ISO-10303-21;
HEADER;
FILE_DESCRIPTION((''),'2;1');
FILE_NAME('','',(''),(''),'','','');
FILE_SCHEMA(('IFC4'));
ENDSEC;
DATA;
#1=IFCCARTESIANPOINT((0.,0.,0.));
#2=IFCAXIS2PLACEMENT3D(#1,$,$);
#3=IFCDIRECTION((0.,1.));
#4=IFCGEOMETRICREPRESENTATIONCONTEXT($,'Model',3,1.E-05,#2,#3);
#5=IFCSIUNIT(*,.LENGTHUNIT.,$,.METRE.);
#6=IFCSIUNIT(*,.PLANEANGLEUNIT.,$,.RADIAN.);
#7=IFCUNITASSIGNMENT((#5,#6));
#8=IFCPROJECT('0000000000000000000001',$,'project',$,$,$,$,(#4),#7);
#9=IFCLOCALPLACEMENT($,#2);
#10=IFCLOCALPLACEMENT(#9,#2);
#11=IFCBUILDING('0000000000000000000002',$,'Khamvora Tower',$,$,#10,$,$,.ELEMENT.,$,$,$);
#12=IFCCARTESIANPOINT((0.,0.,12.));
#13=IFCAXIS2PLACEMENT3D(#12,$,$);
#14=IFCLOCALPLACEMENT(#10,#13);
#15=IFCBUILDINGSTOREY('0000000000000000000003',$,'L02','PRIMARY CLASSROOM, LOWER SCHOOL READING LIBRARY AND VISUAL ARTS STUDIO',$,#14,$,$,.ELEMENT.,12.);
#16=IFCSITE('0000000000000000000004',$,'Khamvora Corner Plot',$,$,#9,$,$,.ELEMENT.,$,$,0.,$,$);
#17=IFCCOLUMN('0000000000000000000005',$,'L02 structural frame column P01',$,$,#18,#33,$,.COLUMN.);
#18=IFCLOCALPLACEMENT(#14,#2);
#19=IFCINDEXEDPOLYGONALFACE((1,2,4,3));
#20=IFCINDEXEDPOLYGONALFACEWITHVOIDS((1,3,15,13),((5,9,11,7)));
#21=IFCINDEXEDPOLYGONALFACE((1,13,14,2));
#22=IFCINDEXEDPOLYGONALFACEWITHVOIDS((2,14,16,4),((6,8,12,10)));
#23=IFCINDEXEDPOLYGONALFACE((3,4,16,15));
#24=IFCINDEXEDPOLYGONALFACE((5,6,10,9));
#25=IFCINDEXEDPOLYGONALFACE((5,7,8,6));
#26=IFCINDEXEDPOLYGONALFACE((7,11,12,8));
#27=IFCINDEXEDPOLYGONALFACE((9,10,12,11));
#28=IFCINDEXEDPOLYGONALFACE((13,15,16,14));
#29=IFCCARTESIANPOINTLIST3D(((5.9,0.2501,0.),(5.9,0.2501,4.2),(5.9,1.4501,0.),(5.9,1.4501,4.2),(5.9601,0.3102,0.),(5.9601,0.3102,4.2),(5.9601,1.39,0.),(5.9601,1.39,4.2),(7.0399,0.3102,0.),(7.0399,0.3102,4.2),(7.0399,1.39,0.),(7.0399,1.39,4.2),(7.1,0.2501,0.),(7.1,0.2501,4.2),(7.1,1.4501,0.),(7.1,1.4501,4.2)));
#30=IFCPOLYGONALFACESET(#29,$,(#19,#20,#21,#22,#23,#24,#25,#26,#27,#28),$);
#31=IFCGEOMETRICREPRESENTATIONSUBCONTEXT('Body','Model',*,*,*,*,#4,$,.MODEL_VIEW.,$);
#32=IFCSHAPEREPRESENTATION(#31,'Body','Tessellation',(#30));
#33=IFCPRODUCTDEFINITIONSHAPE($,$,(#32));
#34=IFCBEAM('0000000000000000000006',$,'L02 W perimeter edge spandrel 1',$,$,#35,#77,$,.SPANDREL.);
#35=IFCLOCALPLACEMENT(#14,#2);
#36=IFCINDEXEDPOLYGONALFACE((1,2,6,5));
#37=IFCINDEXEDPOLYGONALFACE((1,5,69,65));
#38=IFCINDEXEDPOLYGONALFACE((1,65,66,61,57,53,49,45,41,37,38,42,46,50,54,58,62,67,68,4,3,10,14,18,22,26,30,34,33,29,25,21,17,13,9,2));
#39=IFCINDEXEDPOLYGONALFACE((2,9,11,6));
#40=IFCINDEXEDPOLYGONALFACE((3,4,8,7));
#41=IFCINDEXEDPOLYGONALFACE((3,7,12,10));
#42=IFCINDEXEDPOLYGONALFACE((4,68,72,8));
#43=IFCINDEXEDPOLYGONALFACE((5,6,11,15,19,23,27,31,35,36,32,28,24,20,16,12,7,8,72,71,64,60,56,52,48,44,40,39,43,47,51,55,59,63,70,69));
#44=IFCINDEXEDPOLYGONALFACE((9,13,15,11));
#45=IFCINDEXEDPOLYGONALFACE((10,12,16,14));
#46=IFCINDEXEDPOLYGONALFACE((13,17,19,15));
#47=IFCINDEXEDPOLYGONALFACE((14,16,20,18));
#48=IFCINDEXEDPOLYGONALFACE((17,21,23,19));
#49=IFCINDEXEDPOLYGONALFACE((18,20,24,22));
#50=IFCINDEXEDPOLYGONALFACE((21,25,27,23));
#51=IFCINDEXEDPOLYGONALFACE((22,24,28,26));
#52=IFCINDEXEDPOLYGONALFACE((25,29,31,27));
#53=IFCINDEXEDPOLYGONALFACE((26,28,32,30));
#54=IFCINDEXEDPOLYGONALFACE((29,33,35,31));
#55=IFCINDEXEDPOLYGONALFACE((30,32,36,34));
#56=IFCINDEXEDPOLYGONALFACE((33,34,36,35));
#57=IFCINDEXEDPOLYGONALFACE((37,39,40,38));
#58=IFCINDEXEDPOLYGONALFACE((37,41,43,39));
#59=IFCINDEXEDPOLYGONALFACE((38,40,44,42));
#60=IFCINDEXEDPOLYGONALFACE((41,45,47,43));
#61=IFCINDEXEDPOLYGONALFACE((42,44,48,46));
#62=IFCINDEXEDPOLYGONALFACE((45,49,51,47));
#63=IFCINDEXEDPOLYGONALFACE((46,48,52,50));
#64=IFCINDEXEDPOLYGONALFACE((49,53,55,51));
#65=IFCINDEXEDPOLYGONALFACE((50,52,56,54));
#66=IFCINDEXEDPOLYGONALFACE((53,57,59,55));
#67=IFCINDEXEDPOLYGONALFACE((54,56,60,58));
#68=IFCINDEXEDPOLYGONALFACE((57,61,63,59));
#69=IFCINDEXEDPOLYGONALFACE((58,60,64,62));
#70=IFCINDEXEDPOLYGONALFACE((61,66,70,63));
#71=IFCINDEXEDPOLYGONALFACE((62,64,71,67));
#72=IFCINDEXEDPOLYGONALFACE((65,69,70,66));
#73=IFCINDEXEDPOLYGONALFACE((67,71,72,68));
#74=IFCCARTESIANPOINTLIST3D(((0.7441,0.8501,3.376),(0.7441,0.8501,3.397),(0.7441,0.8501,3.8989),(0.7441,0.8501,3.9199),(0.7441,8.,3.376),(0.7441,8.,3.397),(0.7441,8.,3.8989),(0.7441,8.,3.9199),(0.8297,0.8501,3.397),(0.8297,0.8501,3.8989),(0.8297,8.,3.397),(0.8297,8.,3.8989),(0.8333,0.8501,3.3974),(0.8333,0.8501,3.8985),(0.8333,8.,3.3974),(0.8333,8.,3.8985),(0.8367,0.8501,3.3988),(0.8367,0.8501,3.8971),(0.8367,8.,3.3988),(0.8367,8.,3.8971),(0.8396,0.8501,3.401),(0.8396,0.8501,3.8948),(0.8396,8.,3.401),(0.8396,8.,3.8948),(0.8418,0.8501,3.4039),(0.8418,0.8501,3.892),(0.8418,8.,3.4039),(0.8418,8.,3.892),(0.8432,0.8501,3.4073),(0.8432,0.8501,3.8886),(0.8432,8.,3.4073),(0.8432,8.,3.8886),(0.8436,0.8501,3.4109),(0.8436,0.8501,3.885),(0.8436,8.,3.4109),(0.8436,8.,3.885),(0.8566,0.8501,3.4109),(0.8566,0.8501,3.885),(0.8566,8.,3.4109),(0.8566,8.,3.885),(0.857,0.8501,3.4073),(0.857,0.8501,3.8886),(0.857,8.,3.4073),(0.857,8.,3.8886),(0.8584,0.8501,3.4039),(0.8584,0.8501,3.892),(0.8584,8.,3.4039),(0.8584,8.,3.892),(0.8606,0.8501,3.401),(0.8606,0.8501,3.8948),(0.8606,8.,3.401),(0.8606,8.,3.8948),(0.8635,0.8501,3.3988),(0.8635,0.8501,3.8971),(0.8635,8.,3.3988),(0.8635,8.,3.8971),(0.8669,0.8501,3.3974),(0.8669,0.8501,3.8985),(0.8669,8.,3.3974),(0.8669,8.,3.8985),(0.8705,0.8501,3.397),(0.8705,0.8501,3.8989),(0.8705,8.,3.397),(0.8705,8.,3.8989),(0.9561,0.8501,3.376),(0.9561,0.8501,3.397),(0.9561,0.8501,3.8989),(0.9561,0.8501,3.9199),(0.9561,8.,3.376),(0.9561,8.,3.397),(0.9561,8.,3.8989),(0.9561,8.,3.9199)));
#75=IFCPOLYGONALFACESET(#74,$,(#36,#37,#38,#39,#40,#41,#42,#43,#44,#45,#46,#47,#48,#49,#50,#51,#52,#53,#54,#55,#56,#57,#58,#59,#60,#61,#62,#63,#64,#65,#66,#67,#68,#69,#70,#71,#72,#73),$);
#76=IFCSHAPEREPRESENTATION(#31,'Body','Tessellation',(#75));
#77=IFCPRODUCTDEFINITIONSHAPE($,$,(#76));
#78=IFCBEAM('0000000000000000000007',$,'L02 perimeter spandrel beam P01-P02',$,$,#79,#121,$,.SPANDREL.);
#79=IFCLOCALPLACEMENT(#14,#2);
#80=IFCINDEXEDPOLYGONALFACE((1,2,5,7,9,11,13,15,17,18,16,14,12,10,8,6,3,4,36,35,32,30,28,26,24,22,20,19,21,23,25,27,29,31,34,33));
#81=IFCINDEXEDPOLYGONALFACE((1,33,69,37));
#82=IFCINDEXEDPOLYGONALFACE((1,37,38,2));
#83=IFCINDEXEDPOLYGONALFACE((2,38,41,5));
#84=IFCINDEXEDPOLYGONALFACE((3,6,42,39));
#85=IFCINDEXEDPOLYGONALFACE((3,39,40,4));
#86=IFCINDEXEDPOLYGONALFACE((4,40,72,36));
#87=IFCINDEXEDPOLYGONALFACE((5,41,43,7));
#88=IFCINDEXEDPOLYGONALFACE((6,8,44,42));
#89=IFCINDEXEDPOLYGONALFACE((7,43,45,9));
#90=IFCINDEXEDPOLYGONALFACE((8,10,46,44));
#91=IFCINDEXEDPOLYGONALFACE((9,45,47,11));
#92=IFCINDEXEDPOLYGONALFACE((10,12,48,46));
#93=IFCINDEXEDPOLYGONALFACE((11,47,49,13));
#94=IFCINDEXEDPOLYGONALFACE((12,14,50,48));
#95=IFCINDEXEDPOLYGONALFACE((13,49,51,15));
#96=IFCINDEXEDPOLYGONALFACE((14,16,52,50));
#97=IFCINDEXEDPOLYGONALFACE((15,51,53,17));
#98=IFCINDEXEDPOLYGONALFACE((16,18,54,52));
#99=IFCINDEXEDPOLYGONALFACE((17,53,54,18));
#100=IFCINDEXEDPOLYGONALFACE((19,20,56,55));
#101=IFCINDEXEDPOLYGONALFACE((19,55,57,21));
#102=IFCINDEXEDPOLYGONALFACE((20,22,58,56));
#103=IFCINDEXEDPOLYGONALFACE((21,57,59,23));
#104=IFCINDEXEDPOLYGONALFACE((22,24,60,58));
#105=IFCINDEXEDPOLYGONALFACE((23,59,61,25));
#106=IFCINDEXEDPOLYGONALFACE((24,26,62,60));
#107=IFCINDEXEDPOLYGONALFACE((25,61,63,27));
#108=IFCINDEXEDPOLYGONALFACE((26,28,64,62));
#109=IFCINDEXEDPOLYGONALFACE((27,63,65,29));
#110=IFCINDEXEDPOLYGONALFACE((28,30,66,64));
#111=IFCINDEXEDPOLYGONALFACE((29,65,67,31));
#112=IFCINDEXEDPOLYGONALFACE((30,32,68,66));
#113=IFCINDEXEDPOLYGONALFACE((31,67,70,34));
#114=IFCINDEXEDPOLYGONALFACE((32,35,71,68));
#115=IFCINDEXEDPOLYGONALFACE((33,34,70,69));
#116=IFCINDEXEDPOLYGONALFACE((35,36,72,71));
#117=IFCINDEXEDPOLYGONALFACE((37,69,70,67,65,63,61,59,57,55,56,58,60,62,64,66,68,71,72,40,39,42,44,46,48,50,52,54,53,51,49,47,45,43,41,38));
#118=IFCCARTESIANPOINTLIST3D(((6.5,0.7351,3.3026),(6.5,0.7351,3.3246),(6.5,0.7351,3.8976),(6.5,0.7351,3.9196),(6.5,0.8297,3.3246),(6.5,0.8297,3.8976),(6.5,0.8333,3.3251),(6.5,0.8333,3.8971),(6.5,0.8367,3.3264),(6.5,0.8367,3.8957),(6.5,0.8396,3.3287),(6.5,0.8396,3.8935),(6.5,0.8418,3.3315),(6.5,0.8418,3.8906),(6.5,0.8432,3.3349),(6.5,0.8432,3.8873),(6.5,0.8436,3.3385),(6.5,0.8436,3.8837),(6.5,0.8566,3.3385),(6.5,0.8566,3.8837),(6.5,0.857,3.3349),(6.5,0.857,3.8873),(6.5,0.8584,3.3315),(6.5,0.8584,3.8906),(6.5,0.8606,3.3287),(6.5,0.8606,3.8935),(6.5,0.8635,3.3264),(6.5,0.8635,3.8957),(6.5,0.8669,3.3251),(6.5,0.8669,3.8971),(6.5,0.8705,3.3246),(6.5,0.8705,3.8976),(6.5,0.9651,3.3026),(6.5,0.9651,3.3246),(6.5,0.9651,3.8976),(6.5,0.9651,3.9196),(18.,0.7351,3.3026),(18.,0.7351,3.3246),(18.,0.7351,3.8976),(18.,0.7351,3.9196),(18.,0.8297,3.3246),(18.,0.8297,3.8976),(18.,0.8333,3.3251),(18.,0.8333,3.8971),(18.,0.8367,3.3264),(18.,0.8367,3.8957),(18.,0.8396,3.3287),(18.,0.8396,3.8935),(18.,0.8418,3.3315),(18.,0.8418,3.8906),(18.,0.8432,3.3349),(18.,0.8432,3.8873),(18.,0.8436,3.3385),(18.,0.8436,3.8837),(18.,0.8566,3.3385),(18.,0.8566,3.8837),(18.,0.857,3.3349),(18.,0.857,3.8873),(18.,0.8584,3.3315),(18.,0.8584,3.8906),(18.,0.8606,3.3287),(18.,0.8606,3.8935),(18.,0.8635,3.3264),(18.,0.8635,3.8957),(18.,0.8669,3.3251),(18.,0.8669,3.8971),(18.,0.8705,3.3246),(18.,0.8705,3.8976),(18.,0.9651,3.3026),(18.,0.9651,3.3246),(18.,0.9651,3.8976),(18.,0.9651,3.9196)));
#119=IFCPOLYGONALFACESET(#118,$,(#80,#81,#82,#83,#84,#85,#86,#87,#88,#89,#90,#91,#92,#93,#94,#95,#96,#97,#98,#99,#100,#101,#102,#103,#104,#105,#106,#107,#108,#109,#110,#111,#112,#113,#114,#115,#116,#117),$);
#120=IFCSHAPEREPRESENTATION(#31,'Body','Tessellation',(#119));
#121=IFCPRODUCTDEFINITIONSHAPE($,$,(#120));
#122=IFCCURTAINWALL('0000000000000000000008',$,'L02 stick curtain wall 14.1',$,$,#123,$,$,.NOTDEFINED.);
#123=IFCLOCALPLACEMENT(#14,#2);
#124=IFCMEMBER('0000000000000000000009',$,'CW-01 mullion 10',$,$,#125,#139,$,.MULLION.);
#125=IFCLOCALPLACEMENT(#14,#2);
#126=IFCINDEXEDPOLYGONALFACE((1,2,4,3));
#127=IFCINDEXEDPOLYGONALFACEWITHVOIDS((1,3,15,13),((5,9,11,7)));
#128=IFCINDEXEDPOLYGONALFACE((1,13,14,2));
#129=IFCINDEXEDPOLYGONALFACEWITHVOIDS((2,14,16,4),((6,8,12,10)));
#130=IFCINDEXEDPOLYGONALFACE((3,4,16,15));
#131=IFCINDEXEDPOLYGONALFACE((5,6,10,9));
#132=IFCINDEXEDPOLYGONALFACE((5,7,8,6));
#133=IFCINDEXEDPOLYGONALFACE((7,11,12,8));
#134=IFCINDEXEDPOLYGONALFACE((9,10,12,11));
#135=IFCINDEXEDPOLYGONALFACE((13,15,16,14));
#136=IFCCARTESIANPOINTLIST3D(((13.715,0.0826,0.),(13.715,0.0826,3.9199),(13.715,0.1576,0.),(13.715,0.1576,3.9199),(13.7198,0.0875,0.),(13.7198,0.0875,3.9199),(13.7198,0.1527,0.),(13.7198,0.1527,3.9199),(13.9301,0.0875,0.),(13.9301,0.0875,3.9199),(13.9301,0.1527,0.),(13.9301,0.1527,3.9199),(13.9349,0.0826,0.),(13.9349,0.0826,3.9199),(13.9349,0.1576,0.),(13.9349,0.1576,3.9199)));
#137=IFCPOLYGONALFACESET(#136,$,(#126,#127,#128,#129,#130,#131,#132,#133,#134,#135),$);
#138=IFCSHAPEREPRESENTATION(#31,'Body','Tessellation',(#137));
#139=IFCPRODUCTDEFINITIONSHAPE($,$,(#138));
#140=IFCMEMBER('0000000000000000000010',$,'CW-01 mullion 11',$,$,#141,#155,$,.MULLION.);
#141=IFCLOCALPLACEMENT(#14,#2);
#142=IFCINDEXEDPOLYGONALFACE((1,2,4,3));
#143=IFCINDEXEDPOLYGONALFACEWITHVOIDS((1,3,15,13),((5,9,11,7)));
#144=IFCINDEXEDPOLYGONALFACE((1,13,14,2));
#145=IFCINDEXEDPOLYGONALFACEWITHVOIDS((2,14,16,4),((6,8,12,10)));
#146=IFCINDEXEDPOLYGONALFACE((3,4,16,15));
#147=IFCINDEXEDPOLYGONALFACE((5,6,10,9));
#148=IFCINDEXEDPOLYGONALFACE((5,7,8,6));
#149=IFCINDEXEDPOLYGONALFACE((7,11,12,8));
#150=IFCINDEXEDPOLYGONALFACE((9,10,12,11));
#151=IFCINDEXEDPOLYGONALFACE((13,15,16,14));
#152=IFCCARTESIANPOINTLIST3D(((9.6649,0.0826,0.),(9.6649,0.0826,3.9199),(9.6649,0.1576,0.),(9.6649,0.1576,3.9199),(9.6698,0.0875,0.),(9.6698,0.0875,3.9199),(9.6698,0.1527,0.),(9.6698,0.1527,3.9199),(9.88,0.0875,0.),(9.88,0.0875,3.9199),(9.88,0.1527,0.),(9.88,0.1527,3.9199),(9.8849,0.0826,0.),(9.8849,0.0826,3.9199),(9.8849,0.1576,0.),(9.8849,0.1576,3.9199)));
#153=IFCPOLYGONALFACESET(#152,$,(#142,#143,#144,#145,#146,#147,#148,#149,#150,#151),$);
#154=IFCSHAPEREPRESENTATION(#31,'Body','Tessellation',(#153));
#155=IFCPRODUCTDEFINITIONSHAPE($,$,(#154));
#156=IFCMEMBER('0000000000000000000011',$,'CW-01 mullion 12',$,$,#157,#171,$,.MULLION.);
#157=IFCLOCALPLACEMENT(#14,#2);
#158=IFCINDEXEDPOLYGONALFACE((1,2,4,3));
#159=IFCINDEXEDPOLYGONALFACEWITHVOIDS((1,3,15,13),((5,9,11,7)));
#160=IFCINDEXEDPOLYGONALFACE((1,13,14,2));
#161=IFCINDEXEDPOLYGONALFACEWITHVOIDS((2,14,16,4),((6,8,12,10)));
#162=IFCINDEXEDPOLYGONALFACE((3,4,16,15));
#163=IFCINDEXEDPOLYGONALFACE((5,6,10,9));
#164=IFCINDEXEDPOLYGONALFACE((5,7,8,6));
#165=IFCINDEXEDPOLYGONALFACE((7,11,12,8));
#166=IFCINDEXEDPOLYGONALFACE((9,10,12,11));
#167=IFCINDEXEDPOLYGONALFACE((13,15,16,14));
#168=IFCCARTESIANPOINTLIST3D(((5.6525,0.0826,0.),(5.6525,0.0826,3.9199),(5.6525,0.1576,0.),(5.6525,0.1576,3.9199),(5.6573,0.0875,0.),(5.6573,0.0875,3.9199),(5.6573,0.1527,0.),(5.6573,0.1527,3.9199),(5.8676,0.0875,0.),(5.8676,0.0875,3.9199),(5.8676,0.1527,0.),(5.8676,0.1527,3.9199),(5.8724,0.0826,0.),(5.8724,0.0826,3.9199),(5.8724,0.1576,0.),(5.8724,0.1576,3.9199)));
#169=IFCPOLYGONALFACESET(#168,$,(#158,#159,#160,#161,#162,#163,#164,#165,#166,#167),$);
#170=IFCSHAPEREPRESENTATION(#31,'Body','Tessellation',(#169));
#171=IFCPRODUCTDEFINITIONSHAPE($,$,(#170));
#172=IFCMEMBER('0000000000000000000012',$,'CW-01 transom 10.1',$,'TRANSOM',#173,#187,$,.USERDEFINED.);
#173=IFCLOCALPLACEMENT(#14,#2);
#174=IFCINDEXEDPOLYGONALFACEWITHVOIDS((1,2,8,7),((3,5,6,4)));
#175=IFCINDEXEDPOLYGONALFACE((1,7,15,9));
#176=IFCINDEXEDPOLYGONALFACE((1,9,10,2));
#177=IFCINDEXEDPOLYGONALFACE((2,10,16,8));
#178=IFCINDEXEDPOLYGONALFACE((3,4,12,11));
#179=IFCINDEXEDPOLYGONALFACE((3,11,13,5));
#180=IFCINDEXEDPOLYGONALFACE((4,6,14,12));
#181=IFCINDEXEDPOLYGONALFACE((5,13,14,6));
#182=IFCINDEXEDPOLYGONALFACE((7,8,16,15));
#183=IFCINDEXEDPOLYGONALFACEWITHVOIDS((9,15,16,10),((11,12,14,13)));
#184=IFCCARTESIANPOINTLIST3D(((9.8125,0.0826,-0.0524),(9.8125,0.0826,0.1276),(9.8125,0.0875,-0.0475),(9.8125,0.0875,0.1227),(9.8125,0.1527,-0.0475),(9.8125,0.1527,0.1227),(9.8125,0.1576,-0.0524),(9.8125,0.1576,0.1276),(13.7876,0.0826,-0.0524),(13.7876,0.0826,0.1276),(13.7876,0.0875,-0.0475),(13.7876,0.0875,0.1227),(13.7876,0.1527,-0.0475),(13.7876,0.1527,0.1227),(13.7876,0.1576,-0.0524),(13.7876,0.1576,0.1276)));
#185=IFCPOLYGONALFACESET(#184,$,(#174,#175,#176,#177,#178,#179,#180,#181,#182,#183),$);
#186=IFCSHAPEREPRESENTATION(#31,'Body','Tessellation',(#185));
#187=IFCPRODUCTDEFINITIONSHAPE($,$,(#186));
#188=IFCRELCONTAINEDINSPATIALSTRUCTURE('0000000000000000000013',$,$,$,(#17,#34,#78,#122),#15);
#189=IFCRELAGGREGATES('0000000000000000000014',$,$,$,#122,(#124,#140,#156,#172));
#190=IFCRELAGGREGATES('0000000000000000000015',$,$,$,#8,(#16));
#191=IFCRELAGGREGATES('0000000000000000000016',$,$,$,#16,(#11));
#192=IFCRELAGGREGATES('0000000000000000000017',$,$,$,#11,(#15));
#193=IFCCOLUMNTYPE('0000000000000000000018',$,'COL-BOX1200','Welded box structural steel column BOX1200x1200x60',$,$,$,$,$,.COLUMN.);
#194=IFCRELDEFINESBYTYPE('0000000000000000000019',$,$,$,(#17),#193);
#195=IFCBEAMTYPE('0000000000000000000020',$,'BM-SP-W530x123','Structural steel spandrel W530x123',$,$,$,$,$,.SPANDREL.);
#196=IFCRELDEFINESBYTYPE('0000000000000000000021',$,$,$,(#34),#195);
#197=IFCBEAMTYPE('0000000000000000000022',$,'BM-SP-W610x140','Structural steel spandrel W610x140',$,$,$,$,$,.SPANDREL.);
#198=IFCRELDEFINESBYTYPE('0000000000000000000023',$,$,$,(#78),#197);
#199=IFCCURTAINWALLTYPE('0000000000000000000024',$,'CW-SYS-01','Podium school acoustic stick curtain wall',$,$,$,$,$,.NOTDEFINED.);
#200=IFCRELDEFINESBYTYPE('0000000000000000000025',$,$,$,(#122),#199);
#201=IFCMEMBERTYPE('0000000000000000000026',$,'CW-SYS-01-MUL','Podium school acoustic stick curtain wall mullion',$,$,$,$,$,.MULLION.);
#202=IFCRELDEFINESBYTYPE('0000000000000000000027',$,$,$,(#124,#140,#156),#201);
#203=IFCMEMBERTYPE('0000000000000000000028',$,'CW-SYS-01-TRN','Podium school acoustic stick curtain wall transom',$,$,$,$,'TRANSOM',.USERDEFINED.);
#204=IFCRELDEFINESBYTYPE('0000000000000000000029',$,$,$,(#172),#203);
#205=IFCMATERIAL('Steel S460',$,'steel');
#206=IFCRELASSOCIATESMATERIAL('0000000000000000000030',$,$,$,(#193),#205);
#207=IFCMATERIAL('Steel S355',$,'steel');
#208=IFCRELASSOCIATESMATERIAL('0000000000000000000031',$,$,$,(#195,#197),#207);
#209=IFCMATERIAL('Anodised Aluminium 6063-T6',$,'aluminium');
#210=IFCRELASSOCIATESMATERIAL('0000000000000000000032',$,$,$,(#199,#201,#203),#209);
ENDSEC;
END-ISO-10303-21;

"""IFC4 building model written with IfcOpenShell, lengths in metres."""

from ifc_helpers import new_model, si_unit, direction, frame, origin, origin_2d, place, context, subcontext, project, spatial, hollow_rectangle, i_section, extrude, material, material_profile, profile_set, type_object, element, aggregate, save


model = new_model("IFC4")

# Units and contexts
model_context = context("Model", 3, precision=1e-05, world=origin(), true_north=direction((0.0, 1.0)))
body_context = subcontext(model_context, "Body", "Model", "MODEL_VIEW")
ifc_project = project(units=[si_unit("LENGTHUNIT", "METRE"), si_unit("PLANEANGLEUNIT", "RADIAN")], contexts=[model_context])

# Site, building, storey
site_placement = place(None, origin())
site = spatial("IfcSite", under=ifc_project, at=site_placement, Name="Khamvora Corner Plot", CompositionType="ELEMENT", RefElevation=0.0)
building_placement = place(site_placement, origin())
building = spatial("IfcBuilding", under=site, at=building_placement, Name="Khamvora Tower", CompositionType="ELEMENT")
storey_placement = place(building_placement, frame((0.0, 0.0, 12.0)))
storey = spatial("IfcBuildingStorey", under=building, at=storey_placement, Name="L02", Description="PRIMARY CLASSROOM, LOWER SCHOOL READING LIBRARY AND VISUAL ARTS STUDIO", CompositionType="ELEMENT", Elevation=12.0)

# Column
ifc_material_1 = material(Name="Steel S460", Category="steel")
ifc_material_profile_1 = material_profile(ifc_material_1, hollow_rectangle(XDim=1.2, YDim=1.2, WallThickness=0.0601, at=origin_2d()), Name="BOX1200x1200x60")
ifc_profile_set_1 = profile_set([ifc_material_profile_1], Name="Steel S460")
column_type = type_object("IfcColumnType", Name="COL-BOX1200", Description="Welded box structural steel column BOX1200x1200x60", PredefinedType="COLUMN", material=ifc_profile_set_1)
column_placement = place(storey_placement, frame((6.5, 0.8501, 0.0), z_axis=(0.0, 0.0, 1.0), x_axis=(1.0, 0.0, 0.0)))
element("IfcColumn", 1, at=column_placement, inside=storey, type_object=column_type, Name="L02 structural frame column P01", PredefinedType="COLUMN", context=body_context, shape_type="SweptSolid", body=[
    extrude(hollow_rectangle(XDim=1.2, YDim=1.2, WallThickness=0.0601, at=origin_2d()), origin(), (0.0, 0.0, 1.0), 4.2),
])

# Beams
ifc_material_2 = material(Name="Steel S355", Category="steel")
ifc_material_profile_2 = material_profile(ifc_material_2, i_section(OverallWidth=0.2119, OverallDepth=0.5439, WebThickness=0.0129, FlangeThickness=0.021, FilletRadius=0.0139, at=origin_2d()), Name="W530x123")
ifc_profile_set_2 = profile_set([ifc_material_profile_2], Name="Steel S355")
beam_type_1 = type_object("IfcBeamType", Name="BM-SP-W530x123", Description="Structural steel spandrel W530x123", PredefinedType="SPANDREL", material=ifc_profile_set_2)
beam_1_placement = place(storey_placement, frame((0.8501, 0.8501, 3.6479), z_axis=(0.0, 1.0, 0.0), x_axis=(-1.0, 0.0, 0.0)))
element("IfcBeam", 2, at=beam_1_placement, inside=storey, type_object=beam_type_1, Name="L02 W perimeter edge spandrel 1", PredefinedType="SPANDREL", context=body_context, shape_type="SweptSolid", body=[
    extrude(i_section(OverallWidth=0.2119, OverallDepth=0.5439, WebThickness=0.0129, FlangeThickness=0.021, FilletRadius=0.0139, at=origin_2d()), origin(), (0.0, 0.0, 1.0), 7.1499),
])
ifc_material_profile_3 = material_profile(ifc_material_2, i_section(OverallWidth=0.23, OverallDepth=0.6169, WebThickness=0.0129, FlangeThickness=0.022, FilletRadius=0.0139, at=origin_2d()), Name="W610x140")
ifc_profile_set_3 = profile_set([ifc_material_profile_3], Name="Steel S355")
beam_type_2 = type_object("IfcBeamType", Name="BM-SP-W610x140", Description="Structural steel spandrel W610x140", PredefinedType="SPANDREL", material=ifc_profile_set_3)
beam_2_placement = place(storey_placement, frame((6.5, 0.8501, 3.6111), z_axis=(1.0, 0.0, 0.0), x_axis=(0.0, 1.0, 0.0)))
element("IfcBeam", 3, at=beam_2_placement, inside=storey, type_object=beam_type_2, Name="L02 perimeter spandrel beam P01-P02", PredefinedType="SPANDREL", context=body_context, shape_type="SweptSolid", body=[
    extrude(i_section(OverallWidth=0.23, OverallDepth=0.6169, WebThickness=0.0129, FlangeThickness=0.022, FilletRadius=0.0139, at=origin_2d()), origin(), (0.0, 0.0, 1.0), 11.5),
])

# Curtain wall, members
ifc_material_3 = material(Name="Anodised Aluminium 6063-T6", Category="aluminium")
curtain_wall_type = type_object("IfcCurtainWallType", Name="CW-SYS-01", Description="Podium school acoustic stick curtain wall", PredefinedType="NOTDEFINED", material=ifc_material_3)
curtain_wall_placement = place(storey_placement, origin())
curtain_wall = element("IfcCurtainWall", 4, at=curtain_wall_placement, inside=storey, type_object=curtain_wall_type, Name="L02 stick curtain wall 14.1", PredefinedType="NOTDEFINED")
ifc_material_profile_4 = material_profile(ifc_material_3, hollow_rectangle(XDim=0.075, YDim=0.22, WallThickness=0.0049, at=origin_2d()), Name="MUL75x220x5")
ifc_profile_set_4 = profile_set([ifc_material_profile_4], Name="Anodised Aluminium 6063-T6")
member_type_1 = type_object("IfcMemberType", Name="CW-SYS-01-MUL", Description="Podium school acoustic stick curtain wall mullion", PredefinedType="MULLION", material=ifc_profile_set_4)
member_1_placement = place(storey_placement, frame((13.825, 0.1201, 0.0), z_axis=(0.0, 0.0, 1.0), x_axis=(0.0, -1.0, 0.0)))
member_1 = element("IfcMember", 5, at=member_1_placement, type_object=member_type_1, Name="CW-01 mullion 10", PredefinedType="MULLION", context=body_context, shape_type="SweptSolid", body=[
    extrude(hollow_rectangle(XDim=0.075, YDim=0.22, WallThickness=0.0049, at=origin_2d()), origin(), (0.0, 0.0, 1.0), 3.9199),
])
member_2_placement = place(storey_placement, frame((9.7749, 0.1201, 0.0), z_axis=(0.0, 0.0, 1.0), x_axis=(0.0, -1.0, 0.0)))
member_2 = element("IfcMember", 6, at=member_2_placement, type_object=member_type_1, Name="CW-01 mullion 11", PredefinedType="MULLION", context=body_context, shape_type="SweptSolid", body=[
    extrude(hollow_rectangle(XDim=0.075, YDim=0.22, WallThickness=0.0049, at=origin_2d()), origin(), (0.0, 0.0, 1.0), 3.9199),
])
member_3_placement = place(storey_placement, frame((5.7625, 0.1201, 0.0), z_axis=(0.0, 0.0, 1.0), x_axis=(0.0, -1.0, 0.0)))
member_3 = element("IfcMember", 7, at=member_3_placement, type_object=member_type_1, Name="CW-01 mullion 12", PredefinedType="MULLION", context=body_context, shape_type="SweptSolid", body=[
    extrude(hollow_rectangle(XDim=0.075, YDim=0.22, WallThickness=0.0049, at=origin_2d()), origin(), (0.0, 0.0, 1.0), 3.9199),
])
ifc_material_profile_5 = material_profile(ifc_material_3, hollow_rectangle(XDim=0.075, YDim=0.1799, WallThickness=0.0049, at=origin_2d()), Name="TRN75x180x5")
ifc_profile_set_5 = profile_set([ifc_material_profile_5], Name="Anodised Aluminium 6063-T6")
member_type_2 = type_object("IfcMemberType", Name="CW-SYS-01-TRN", Description="Podium school acoustic stick curtain wall transom", ElementType="TRANSOM", PredefinedType="USERDEFINED", material=ifc_profile_set_5)
member_4_placement = place(storey_placement, frame((13.7876, 0.1201, 0.0376), z_axis=(-1.0, 0.0, 0.0), x_axis=(0.0, -1.0, 0.0)))
member_4 = element("IfcMember", 8, at=member_4_placement, type_object=member_type_2, Name="CW-01 transom 10.1", ObjectType="TRANSOM", PredefinedType="USERDEFINED", context=body_context, shape_type="SweptSolid", body=[
    extrude(hollow_rectangle(XDim=0.075, YDim=0.1799, WallThickness=0.0049, at=origin_2d()), origin(), (0.0, 0.0, 1.0), 3.9751),
])
aggregate(curtain_wall, [member_1, member_2, member_3, member_4])

save(model, "model.ifc")
